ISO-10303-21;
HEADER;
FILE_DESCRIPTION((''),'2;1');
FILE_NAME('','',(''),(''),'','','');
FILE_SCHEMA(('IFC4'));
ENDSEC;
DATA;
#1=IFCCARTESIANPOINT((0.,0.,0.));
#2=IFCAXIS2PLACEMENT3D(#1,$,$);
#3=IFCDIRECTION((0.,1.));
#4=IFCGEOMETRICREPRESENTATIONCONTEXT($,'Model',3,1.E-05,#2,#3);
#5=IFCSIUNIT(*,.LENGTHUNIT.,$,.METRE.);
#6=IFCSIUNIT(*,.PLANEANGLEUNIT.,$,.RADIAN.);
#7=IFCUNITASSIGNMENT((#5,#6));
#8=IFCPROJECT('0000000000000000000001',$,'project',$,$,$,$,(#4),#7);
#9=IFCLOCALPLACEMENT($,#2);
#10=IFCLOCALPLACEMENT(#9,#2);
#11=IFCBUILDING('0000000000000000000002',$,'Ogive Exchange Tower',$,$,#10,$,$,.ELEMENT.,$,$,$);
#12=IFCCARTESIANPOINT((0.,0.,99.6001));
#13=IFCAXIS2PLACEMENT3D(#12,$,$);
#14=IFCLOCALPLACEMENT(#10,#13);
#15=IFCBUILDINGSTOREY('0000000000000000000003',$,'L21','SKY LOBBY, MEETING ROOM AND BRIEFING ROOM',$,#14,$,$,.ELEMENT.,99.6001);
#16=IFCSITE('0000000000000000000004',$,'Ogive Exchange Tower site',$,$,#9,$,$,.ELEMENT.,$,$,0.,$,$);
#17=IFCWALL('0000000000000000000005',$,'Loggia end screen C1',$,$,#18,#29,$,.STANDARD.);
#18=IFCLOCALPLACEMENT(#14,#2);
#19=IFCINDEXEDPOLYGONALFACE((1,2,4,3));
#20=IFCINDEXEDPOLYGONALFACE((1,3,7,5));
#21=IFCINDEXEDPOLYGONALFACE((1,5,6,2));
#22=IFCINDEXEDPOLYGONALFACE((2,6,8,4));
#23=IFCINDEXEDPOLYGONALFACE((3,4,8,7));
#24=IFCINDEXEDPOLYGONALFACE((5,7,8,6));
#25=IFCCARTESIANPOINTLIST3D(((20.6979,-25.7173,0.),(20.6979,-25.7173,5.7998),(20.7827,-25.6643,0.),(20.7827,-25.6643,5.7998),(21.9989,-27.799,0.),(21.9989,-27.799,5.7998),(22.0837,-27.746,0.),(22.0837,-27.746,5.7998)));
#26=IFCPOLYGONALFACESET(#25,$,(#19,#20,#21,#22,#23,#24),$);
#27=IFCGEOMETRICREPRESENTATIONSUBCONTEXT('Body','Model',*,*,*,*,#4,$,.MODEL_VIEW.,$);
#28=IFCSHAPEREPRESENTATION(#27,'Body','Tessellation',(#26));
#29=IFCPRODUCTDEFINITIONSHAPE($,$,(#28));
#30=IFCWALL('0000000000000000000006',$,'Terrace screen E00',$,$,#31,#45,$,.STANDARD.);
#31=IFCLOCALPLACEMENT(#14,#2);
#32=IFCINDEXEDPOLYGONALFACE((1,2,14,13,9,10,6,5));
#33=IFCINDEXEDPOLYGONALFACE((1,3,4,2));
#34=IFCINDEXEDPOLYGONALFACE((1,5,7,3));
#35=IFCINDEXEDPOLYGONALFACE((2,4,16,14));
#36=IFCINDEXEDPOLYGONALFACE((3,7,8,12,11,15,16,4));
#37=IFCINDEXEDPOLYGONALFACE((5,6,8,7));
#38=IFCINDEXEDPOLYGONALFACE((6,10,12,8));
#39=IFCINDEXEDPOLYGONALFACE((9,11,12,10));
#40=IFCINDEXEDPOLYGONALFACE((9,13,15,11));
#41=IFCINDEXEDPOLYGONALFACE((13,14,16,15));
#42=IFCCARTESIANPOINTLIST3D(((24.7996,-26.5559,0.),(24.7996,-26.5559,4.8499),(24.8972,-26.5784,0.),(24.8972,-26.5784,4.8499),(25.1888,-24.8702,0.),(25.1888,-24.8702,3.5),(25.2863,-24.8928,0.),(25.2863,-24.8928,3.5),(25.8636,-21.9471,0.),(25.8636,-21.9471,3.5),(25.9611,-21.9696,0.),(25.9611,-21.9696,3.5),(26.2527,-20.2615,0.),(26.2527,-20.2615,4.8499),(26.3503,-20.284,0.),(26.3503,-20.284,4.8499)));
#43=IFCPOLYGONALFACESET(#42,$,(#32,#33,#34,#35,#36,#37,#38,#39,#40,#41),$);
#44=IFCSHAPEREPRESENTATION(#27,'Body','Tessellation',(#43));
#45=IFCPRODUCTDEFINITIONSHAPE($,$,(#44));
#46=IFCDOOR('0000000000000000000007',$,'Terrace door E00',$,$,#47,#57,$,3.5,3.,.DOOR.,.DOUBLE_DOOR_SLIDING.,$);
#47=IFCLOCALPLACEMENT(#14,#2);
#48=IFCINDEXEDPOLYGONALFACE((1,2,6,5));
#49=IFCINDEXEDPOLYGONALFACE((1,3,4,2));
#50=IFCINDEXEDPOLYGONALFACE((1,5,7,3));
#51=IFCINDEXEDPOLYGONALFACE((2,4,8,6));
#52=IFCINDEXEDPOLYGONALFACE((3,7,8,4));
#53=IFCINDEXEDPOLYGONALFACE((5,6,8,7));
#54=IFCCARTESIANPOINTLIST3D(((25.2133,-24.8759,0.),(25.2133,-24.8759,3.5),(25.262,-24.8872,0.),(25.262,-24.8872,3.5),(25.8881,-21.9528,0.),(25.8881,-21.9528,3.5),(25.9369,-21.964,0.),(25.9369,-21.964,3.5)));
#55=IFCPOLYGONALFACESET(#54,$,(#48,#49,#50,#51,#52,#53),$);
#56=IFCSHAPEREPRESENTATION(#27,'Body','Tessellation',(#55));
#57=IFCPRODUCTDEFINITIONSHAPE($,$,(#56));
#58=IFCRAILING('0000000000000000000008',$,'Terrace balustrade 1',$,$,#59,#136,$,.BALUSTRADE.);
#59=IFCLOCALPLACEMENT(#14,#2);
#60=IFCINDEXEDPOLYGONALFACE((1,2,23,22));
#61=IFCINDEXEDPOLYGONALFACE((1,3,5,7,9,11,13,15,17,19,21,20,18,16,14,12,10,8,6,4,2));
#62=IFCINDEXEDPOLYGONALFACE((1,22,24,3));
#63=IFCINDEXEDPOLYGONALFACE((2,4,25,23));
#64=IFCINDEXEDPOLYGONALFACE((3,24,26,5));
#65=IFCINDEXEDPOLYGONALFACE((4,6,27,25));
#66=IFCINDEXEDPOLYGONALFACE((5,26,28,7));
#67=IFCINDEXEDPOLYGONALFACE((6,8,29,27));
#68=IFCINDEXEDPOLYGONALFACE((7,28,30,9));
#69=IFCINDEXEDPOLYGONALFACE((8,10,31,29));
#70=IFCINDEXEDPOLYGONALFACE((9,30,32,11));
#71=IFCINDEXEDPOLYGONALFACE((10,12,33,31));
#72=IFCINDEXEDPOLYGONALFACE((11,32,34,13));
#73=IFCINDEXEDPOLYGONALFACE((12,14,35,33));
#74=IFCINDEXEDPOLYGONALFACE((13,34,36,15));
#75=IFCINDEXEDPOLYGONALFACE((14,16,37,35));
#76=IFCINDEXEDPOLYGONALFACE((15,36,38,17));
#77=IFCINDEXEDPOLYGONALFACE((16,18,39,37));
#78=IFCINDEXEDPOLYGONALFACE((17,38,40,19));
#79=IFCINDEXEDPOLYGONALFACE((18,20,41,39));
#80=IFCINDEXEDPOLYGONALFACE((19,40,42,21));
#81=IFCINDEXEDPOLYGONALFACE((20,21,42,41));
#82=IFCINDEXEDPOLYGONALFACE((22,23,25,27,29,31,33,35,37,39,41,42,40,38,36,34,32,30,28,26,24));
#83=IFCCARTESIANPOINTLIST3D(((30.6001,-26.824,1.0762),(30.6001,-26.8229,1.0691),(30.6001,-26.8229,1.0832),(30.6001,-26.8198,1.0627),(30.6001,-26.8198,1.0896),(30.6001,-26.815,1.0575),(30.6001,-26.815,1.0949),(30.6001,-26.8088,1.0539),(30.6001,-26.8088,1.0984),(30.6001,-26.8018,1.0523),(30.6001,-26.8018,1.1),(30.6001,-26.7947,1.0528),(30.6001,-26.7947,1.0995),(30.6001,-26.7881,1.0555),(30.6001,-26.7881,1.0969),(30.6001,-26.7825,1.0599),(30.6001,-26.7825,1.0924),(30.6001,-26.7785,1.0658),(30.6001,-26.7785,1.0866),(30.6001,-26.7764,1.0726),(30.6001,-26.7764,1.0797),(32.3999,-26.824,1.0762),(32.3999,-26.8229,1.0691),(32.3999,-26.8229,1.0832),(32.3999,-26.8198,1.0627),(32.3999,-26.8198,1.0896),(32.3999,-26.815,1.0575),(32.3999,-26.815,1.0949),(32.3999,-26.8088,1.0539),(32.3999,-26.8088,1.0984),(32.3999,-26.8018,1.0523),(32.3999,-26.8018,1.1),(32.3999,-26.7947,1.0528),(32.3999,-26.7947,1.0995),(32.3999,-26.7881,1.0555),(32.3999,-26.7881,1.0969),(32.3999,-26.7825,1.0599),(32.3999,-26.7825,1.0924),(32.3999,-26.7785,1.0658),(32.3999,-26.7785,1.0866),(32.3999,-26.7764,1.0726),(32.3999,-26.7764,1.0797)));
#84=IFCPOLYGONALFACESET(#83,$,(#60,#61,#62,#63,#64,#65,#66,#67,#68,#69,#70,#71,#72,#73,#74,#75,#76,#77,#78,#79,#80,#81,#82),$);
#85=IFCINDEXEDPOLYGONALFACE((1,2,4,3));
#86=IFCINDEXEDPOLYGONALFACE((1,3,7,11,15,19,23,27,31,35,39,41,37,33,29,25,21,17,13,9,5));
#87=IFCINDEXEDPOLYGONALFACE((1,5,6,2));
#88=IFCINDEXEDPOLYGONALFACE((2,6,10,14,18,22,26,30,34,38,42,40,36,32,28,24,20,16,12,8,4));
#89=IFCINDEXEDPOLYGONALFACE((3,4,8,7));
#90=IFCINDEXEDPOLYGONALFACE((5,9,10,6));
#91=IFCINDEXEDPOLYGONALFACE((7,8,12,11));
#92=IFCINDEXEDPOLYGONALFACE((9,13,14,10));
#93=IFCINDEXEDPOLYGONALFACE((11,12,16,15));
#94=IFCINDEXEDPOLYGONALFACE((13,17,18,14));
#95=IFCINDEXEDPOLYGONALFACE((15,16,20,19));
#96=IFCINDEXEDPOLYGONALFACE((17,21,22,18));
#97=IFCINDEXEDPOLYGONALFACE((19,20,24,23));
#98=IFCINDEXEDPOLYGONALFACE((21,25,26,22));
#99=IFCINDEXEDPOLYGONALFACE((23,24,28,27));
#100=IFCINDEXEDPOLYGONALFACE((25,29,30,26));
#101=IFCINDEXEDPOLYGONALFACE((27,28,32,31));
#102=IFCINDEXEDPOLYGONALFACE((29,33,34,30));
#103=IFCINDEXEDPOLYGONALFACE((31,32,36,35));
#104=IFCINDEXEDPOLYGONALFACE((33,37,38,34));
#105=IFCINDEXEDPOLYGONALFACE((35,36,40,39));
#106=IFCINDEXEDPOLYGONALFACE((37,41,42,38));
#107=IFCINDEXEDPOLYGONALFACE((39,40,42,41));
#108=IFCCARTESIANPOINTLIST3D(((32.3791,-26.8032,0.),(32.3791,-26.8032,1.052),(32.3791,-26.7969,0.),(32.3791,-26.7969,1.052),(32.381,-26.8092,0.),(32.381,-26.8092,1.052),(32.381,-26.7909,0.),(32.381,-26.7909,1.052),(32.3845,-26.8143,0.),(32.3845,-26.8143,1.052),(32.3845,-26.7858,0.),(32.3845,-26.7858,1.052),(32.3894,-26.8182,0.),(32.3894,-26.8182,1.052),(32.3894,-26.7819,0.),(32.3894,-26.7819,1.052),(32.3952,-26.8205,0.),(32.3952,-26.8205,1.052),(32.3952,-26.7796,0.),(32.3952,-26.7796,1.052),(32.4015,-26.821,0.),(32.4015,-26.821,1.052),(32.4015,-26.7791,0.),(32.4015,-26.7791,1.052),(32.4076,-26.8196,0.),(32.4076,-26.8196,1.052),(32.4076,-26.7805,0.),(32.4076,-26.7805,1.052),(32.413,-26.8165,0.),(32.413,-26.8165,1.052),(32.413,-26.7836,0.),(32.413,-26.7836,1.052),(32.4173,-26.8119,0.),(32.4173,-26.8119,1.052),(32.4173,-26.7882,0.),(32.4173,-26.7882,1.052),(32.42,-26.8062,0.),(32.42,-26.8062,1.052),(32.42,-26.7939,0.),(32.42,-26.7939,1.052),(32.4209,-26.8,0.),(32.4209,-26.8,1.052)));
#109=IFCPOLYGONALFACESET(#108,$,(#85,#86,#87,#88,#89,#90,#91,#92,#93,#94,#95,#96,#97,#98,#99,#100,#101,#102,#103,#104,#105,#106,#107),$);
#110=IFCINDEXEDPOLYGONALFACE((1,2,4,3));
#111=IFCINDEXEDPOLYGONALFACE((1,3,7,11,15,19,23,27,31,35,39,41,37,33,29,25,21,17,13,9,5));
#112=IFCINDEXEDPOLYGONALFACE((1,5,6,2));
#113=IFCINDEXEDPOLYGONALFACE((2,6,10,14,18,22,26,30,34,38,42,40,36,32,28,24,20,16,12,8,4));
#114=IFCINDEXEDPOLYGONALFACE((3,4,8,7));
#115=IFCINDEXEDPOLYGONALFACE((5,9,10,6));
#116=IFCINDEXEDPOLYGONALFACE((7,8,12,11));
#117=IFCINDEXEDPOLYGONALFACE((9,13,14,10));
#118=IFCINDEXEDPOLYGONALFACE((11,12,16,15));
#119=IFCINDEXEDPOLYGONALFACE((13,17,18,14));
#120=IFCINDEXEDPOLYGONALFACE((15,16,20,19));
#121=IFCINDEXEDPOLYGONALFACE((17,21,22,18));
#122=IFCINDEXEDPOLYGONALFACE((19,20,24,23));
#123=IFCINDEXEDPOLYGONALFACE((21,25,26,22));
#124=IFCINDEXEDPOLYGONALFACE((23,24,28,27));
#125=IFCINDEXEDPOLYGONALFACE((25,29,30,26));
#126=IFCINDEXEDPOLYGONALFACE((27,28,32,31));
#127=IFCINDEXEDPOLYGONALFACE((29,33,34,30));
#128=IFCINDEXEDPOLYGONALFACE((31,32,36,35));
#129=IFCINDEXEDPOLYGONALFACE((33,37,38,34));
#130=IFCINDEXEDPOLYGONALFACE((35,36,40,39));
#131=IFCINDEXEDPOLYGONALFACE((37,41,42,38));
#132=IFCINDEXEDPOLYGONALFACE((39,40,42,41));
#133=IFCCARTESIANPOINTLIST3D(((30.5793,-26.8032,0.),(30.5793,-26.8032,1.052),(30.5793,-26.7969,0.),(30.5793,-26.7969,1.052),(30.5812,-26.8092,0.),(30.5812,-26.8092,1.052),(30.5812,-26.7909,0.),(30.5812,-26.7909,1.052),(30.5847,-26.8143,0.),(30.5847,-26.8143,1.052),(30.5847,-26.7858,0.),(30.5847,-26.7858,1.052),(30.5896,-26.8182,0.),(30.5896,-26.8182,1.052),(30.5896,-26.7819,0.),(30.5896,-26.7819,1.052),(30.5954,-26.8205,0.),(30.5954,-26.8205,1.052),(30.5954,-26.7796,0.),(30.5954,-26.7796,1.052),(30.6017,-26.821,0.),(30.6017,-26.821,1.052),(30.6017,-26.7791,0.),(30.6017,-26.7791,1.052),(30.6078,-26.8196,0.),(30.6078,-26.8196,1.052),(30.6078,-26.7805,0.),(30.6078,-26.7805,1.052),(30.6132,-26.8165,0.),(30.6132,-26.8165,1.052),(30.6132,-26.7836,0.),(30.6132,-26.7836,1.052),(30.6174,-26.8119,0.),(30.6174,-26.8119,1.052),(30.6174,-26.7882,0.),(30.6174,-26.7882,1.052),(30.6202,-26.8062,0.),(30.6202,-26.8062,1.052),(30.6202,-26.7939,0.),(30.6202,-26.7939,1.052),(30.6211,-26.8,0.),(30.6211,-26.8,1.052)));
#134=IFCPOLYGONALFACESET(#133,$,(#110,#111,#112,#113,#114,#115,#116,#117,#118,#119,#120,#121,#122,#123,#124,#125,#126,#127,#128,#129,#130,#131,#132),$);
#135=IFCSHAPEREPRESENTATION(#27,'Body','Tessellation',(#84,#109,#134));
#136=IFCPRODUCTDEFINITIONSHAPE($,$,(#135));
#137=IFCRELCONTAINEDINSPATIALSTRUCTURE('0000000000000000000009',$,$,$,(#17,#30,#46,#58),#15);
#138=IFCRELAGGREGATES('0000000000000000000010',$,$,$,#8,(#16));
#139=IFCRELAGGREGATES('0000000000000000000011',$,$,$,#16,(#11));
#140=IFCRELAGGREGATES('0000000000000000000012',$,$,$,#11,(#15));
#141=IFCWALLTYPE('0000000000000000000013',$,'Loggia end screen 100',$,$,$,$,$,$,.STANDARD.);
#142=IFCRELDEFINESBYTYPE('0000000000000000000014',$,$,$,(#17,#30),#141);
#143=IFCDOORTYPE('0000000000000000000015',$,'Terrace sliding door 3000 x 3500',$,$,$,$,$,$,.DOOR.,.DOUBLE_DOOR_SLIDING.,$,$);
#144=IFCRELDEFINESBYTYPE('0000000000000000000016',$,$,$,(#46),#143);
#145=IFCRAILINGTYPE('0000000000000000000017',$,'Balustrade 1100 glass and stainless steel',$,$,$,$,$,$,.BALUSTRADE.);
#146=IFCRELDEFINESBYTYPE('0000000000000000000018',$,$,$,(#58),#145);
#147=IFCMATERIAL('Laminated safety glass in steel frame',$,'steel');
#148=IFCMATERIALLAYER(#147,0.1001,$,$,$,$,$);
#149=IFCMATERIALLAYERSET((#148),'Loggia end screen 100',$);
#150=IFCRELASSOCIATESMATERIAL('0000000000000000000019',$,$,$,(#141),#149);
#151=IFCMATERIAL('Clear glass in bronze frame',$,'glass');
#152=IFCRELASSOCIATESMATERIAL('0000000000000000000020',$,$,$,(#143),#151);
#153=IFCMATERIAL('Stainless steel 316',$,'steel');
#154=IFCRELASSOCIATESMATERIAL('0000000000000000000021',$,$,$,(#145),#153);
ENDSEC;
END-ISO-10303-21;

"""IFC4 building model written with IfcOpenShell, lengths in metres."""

from ifc_helpers import new_model, si_unit, direction, frame, frame_2d, origin, origin_2d, place, context, subcontext, project, spatial, rectangle, circle, extrude, material, layer, layer_set, type_object, element, fill, save


model = new_model("IFC4")

# Units and contexts
model_context = context("Model", 3, precision=1e-05, world=origin(), true_north=direction((0.0, 1.0)))
body_context = subcontext(model_context, "Body", "Model", "MODEL_VIEW")
ifc_project = project(units=[si_unit("LENGTHUNIT", "METRE"), si_unit("PLANEANGLEUNIT", "RADIAN")], contexts=[model_context])

# Site, building, storey
site_placement = place(None, origin())
site = spatial("IfcSite", under=ifc_project, at=site_placement, Name="Ogive Exchange Tower site", CompositionType="ELEMENT", RefElevation=0.0)
building_placement = place(site_placement, origin())
building = spatial("IfcBuilding", under=site, at=building_placement, Name="Ogive Exchange Tower", CompositionType="ELEMENT")
storey_placement = place(building_placement, frame((0.0, 0.0, 99.6001)))
storey = spatial("IfcBuildingStorey", under=building, at=storey_placement, Name="L21", Description="SKY LOBBY, MEETING ROOM AND BRIEFING ROOM", CompositionType="ELEMENT", Elevation=99.6001)

# Wall
ifc_material_1 = material(Name="Laminated safety glass in steel frame", Category="steel")
ifc_layer = layer(ifc_material_1, 0.1001)
ifc_layer_set = layer_set([ifc_layer], Name="Loggia end screen 100")
wall_type = type_object("IfcWallType", Name="Loggia end screen 100", PredefinedType="STANDARD", material=ifc_layer_set)
wall_1_placement = place(storey_placement, frame((20.7402, -25.6907, 0.0), z_axis=(0.0, 0.0, 1.0), x_axis=(0.529972, -0.848015, 0.0)))
element("IfcWall", 1, at=wall_1_placement, inside=storey, type_object=wall_type, Name="Loggia end screen C1", PredefinedType="STANDARD", context=body_context, shape_type="SweptSolid", body=[
    extrude(rectangle(XDim=2.4548, YDim=0.1001, at=frame_2d((1.2275, 0.0))), origin(), (0.0, 0.0, 1.0), 5.7998),
])

# Wall, opening, door
wall_2_placement = place(storey_placement, frame((24.8484, -26.5671, 0.0), z_axis=(0.0, 0.0, 1.0), x_axis=(0.224942, 0.974372, 0.0)))
wall_2 = element("IfcWall", 2, at=wall_2_placement, inside=storey, type_object=wall_type, Name="Terrace screen E00", PredefinedType="STANDARD", context=body_context, shape_type="SweptSolid", body=[
    extrude(rectangle(XDim=6.46, YDim=0.1001, at=frame_2d((3.23, 0.0))), origin(), (0.0, 0.0, 1.0), 4.8499),
])
opening_placement = place(wall_2_placement, frame((1.73, 0.0, 0.0)))
opening = element("IfcOpeningElement", 3, at=opening_placement, cuts=wall_2, PredefinedType="OPENING", context=body_context, shape_type="SweptSolid", body=[
    extrude(rectangle(XDim=3.0, YDim=3.5, at=frame_2d((1.5, 1.75))), frame((0.0, 0.0601, 0.0), z_axis=(0.0, -1.0, 0.0), x_axis=(1.0, 0.0, 0.0)), (0.0, 0.0, 1.0), 0.1201),
])
ifc_material_2 = material(Name="Clear glass in bronze frame", Category="glass")
door_type = type_object("IfcDoorType", Name="Terrace sliding door 3000 x 3500", OperationType="DOUBLE_DOOR_SLIDING", PredefinedType="DOOR", material=ifc_material_2)
door_placement = place(opening_placement, origin())
door = element("IfcDoor", 4, at=door_placement, inside=storey, type_object=door_type, Name="Terrace door E00", OperationType="DOUBLE_DOOR_SLIDING", OverallHeight=3.5, OverallWidth=3.0, PredefinedType="DOOR", context=body_context, shape_type="SweptSolid", body=[
    extrude(rectangle(XDim=3.0, YDim=3.5, at=frame_2d((1.5, 1.75))), frame((0.0, 0.0249, 0.0), z_axis=(0.0, -1.0, 0.0), x_axis=(1.0, 0.0, 0.0)), (0.0, 0.0, 1.0), 0.05),
])
fill(opening, door)

# Railing
ifc_material_3 = material(Name="Stainless steel 316", Category="steel")
railing_type = type_object("IfcRailingType", Name="Balustrade 1100 glass and stainless steel", PredefinedType="BALUSTRADE", material=ifc_material_3)
railing_1_placement = place(storey_placement, frame((32.3999, -26.8, 0.0)))
element("IfcRailing", 5, at=railing_1_placement, inside=storey, type_object=railing_type, Name="Terrace balustrade 1", PredefinedType="BALUSTRADE", context=body_context, shape_type="SweptSolid", body=[
    extrude(circle(Radius=0.0239, at=origin_2d()), frame((0.0, 0.0, 1.0762), z_axis=(-1.0, 0.0, 0.0), x_axis=(0.0, -1.0, 0.0)), (0.0, 0.0, 1.0), 1.7998),
    extrude(circle(Radius=0.021, at=origin_2d()), origin(), (0.0, 0.0, 1.0), 1.052),
    extrude(circle(Radius=0.021, at=origin_2d()), frame((-1.7998, 0.0, 0.0)), (0.0, 0.0, 1.0), 1.052),
])

save(model, "model.ifc")
